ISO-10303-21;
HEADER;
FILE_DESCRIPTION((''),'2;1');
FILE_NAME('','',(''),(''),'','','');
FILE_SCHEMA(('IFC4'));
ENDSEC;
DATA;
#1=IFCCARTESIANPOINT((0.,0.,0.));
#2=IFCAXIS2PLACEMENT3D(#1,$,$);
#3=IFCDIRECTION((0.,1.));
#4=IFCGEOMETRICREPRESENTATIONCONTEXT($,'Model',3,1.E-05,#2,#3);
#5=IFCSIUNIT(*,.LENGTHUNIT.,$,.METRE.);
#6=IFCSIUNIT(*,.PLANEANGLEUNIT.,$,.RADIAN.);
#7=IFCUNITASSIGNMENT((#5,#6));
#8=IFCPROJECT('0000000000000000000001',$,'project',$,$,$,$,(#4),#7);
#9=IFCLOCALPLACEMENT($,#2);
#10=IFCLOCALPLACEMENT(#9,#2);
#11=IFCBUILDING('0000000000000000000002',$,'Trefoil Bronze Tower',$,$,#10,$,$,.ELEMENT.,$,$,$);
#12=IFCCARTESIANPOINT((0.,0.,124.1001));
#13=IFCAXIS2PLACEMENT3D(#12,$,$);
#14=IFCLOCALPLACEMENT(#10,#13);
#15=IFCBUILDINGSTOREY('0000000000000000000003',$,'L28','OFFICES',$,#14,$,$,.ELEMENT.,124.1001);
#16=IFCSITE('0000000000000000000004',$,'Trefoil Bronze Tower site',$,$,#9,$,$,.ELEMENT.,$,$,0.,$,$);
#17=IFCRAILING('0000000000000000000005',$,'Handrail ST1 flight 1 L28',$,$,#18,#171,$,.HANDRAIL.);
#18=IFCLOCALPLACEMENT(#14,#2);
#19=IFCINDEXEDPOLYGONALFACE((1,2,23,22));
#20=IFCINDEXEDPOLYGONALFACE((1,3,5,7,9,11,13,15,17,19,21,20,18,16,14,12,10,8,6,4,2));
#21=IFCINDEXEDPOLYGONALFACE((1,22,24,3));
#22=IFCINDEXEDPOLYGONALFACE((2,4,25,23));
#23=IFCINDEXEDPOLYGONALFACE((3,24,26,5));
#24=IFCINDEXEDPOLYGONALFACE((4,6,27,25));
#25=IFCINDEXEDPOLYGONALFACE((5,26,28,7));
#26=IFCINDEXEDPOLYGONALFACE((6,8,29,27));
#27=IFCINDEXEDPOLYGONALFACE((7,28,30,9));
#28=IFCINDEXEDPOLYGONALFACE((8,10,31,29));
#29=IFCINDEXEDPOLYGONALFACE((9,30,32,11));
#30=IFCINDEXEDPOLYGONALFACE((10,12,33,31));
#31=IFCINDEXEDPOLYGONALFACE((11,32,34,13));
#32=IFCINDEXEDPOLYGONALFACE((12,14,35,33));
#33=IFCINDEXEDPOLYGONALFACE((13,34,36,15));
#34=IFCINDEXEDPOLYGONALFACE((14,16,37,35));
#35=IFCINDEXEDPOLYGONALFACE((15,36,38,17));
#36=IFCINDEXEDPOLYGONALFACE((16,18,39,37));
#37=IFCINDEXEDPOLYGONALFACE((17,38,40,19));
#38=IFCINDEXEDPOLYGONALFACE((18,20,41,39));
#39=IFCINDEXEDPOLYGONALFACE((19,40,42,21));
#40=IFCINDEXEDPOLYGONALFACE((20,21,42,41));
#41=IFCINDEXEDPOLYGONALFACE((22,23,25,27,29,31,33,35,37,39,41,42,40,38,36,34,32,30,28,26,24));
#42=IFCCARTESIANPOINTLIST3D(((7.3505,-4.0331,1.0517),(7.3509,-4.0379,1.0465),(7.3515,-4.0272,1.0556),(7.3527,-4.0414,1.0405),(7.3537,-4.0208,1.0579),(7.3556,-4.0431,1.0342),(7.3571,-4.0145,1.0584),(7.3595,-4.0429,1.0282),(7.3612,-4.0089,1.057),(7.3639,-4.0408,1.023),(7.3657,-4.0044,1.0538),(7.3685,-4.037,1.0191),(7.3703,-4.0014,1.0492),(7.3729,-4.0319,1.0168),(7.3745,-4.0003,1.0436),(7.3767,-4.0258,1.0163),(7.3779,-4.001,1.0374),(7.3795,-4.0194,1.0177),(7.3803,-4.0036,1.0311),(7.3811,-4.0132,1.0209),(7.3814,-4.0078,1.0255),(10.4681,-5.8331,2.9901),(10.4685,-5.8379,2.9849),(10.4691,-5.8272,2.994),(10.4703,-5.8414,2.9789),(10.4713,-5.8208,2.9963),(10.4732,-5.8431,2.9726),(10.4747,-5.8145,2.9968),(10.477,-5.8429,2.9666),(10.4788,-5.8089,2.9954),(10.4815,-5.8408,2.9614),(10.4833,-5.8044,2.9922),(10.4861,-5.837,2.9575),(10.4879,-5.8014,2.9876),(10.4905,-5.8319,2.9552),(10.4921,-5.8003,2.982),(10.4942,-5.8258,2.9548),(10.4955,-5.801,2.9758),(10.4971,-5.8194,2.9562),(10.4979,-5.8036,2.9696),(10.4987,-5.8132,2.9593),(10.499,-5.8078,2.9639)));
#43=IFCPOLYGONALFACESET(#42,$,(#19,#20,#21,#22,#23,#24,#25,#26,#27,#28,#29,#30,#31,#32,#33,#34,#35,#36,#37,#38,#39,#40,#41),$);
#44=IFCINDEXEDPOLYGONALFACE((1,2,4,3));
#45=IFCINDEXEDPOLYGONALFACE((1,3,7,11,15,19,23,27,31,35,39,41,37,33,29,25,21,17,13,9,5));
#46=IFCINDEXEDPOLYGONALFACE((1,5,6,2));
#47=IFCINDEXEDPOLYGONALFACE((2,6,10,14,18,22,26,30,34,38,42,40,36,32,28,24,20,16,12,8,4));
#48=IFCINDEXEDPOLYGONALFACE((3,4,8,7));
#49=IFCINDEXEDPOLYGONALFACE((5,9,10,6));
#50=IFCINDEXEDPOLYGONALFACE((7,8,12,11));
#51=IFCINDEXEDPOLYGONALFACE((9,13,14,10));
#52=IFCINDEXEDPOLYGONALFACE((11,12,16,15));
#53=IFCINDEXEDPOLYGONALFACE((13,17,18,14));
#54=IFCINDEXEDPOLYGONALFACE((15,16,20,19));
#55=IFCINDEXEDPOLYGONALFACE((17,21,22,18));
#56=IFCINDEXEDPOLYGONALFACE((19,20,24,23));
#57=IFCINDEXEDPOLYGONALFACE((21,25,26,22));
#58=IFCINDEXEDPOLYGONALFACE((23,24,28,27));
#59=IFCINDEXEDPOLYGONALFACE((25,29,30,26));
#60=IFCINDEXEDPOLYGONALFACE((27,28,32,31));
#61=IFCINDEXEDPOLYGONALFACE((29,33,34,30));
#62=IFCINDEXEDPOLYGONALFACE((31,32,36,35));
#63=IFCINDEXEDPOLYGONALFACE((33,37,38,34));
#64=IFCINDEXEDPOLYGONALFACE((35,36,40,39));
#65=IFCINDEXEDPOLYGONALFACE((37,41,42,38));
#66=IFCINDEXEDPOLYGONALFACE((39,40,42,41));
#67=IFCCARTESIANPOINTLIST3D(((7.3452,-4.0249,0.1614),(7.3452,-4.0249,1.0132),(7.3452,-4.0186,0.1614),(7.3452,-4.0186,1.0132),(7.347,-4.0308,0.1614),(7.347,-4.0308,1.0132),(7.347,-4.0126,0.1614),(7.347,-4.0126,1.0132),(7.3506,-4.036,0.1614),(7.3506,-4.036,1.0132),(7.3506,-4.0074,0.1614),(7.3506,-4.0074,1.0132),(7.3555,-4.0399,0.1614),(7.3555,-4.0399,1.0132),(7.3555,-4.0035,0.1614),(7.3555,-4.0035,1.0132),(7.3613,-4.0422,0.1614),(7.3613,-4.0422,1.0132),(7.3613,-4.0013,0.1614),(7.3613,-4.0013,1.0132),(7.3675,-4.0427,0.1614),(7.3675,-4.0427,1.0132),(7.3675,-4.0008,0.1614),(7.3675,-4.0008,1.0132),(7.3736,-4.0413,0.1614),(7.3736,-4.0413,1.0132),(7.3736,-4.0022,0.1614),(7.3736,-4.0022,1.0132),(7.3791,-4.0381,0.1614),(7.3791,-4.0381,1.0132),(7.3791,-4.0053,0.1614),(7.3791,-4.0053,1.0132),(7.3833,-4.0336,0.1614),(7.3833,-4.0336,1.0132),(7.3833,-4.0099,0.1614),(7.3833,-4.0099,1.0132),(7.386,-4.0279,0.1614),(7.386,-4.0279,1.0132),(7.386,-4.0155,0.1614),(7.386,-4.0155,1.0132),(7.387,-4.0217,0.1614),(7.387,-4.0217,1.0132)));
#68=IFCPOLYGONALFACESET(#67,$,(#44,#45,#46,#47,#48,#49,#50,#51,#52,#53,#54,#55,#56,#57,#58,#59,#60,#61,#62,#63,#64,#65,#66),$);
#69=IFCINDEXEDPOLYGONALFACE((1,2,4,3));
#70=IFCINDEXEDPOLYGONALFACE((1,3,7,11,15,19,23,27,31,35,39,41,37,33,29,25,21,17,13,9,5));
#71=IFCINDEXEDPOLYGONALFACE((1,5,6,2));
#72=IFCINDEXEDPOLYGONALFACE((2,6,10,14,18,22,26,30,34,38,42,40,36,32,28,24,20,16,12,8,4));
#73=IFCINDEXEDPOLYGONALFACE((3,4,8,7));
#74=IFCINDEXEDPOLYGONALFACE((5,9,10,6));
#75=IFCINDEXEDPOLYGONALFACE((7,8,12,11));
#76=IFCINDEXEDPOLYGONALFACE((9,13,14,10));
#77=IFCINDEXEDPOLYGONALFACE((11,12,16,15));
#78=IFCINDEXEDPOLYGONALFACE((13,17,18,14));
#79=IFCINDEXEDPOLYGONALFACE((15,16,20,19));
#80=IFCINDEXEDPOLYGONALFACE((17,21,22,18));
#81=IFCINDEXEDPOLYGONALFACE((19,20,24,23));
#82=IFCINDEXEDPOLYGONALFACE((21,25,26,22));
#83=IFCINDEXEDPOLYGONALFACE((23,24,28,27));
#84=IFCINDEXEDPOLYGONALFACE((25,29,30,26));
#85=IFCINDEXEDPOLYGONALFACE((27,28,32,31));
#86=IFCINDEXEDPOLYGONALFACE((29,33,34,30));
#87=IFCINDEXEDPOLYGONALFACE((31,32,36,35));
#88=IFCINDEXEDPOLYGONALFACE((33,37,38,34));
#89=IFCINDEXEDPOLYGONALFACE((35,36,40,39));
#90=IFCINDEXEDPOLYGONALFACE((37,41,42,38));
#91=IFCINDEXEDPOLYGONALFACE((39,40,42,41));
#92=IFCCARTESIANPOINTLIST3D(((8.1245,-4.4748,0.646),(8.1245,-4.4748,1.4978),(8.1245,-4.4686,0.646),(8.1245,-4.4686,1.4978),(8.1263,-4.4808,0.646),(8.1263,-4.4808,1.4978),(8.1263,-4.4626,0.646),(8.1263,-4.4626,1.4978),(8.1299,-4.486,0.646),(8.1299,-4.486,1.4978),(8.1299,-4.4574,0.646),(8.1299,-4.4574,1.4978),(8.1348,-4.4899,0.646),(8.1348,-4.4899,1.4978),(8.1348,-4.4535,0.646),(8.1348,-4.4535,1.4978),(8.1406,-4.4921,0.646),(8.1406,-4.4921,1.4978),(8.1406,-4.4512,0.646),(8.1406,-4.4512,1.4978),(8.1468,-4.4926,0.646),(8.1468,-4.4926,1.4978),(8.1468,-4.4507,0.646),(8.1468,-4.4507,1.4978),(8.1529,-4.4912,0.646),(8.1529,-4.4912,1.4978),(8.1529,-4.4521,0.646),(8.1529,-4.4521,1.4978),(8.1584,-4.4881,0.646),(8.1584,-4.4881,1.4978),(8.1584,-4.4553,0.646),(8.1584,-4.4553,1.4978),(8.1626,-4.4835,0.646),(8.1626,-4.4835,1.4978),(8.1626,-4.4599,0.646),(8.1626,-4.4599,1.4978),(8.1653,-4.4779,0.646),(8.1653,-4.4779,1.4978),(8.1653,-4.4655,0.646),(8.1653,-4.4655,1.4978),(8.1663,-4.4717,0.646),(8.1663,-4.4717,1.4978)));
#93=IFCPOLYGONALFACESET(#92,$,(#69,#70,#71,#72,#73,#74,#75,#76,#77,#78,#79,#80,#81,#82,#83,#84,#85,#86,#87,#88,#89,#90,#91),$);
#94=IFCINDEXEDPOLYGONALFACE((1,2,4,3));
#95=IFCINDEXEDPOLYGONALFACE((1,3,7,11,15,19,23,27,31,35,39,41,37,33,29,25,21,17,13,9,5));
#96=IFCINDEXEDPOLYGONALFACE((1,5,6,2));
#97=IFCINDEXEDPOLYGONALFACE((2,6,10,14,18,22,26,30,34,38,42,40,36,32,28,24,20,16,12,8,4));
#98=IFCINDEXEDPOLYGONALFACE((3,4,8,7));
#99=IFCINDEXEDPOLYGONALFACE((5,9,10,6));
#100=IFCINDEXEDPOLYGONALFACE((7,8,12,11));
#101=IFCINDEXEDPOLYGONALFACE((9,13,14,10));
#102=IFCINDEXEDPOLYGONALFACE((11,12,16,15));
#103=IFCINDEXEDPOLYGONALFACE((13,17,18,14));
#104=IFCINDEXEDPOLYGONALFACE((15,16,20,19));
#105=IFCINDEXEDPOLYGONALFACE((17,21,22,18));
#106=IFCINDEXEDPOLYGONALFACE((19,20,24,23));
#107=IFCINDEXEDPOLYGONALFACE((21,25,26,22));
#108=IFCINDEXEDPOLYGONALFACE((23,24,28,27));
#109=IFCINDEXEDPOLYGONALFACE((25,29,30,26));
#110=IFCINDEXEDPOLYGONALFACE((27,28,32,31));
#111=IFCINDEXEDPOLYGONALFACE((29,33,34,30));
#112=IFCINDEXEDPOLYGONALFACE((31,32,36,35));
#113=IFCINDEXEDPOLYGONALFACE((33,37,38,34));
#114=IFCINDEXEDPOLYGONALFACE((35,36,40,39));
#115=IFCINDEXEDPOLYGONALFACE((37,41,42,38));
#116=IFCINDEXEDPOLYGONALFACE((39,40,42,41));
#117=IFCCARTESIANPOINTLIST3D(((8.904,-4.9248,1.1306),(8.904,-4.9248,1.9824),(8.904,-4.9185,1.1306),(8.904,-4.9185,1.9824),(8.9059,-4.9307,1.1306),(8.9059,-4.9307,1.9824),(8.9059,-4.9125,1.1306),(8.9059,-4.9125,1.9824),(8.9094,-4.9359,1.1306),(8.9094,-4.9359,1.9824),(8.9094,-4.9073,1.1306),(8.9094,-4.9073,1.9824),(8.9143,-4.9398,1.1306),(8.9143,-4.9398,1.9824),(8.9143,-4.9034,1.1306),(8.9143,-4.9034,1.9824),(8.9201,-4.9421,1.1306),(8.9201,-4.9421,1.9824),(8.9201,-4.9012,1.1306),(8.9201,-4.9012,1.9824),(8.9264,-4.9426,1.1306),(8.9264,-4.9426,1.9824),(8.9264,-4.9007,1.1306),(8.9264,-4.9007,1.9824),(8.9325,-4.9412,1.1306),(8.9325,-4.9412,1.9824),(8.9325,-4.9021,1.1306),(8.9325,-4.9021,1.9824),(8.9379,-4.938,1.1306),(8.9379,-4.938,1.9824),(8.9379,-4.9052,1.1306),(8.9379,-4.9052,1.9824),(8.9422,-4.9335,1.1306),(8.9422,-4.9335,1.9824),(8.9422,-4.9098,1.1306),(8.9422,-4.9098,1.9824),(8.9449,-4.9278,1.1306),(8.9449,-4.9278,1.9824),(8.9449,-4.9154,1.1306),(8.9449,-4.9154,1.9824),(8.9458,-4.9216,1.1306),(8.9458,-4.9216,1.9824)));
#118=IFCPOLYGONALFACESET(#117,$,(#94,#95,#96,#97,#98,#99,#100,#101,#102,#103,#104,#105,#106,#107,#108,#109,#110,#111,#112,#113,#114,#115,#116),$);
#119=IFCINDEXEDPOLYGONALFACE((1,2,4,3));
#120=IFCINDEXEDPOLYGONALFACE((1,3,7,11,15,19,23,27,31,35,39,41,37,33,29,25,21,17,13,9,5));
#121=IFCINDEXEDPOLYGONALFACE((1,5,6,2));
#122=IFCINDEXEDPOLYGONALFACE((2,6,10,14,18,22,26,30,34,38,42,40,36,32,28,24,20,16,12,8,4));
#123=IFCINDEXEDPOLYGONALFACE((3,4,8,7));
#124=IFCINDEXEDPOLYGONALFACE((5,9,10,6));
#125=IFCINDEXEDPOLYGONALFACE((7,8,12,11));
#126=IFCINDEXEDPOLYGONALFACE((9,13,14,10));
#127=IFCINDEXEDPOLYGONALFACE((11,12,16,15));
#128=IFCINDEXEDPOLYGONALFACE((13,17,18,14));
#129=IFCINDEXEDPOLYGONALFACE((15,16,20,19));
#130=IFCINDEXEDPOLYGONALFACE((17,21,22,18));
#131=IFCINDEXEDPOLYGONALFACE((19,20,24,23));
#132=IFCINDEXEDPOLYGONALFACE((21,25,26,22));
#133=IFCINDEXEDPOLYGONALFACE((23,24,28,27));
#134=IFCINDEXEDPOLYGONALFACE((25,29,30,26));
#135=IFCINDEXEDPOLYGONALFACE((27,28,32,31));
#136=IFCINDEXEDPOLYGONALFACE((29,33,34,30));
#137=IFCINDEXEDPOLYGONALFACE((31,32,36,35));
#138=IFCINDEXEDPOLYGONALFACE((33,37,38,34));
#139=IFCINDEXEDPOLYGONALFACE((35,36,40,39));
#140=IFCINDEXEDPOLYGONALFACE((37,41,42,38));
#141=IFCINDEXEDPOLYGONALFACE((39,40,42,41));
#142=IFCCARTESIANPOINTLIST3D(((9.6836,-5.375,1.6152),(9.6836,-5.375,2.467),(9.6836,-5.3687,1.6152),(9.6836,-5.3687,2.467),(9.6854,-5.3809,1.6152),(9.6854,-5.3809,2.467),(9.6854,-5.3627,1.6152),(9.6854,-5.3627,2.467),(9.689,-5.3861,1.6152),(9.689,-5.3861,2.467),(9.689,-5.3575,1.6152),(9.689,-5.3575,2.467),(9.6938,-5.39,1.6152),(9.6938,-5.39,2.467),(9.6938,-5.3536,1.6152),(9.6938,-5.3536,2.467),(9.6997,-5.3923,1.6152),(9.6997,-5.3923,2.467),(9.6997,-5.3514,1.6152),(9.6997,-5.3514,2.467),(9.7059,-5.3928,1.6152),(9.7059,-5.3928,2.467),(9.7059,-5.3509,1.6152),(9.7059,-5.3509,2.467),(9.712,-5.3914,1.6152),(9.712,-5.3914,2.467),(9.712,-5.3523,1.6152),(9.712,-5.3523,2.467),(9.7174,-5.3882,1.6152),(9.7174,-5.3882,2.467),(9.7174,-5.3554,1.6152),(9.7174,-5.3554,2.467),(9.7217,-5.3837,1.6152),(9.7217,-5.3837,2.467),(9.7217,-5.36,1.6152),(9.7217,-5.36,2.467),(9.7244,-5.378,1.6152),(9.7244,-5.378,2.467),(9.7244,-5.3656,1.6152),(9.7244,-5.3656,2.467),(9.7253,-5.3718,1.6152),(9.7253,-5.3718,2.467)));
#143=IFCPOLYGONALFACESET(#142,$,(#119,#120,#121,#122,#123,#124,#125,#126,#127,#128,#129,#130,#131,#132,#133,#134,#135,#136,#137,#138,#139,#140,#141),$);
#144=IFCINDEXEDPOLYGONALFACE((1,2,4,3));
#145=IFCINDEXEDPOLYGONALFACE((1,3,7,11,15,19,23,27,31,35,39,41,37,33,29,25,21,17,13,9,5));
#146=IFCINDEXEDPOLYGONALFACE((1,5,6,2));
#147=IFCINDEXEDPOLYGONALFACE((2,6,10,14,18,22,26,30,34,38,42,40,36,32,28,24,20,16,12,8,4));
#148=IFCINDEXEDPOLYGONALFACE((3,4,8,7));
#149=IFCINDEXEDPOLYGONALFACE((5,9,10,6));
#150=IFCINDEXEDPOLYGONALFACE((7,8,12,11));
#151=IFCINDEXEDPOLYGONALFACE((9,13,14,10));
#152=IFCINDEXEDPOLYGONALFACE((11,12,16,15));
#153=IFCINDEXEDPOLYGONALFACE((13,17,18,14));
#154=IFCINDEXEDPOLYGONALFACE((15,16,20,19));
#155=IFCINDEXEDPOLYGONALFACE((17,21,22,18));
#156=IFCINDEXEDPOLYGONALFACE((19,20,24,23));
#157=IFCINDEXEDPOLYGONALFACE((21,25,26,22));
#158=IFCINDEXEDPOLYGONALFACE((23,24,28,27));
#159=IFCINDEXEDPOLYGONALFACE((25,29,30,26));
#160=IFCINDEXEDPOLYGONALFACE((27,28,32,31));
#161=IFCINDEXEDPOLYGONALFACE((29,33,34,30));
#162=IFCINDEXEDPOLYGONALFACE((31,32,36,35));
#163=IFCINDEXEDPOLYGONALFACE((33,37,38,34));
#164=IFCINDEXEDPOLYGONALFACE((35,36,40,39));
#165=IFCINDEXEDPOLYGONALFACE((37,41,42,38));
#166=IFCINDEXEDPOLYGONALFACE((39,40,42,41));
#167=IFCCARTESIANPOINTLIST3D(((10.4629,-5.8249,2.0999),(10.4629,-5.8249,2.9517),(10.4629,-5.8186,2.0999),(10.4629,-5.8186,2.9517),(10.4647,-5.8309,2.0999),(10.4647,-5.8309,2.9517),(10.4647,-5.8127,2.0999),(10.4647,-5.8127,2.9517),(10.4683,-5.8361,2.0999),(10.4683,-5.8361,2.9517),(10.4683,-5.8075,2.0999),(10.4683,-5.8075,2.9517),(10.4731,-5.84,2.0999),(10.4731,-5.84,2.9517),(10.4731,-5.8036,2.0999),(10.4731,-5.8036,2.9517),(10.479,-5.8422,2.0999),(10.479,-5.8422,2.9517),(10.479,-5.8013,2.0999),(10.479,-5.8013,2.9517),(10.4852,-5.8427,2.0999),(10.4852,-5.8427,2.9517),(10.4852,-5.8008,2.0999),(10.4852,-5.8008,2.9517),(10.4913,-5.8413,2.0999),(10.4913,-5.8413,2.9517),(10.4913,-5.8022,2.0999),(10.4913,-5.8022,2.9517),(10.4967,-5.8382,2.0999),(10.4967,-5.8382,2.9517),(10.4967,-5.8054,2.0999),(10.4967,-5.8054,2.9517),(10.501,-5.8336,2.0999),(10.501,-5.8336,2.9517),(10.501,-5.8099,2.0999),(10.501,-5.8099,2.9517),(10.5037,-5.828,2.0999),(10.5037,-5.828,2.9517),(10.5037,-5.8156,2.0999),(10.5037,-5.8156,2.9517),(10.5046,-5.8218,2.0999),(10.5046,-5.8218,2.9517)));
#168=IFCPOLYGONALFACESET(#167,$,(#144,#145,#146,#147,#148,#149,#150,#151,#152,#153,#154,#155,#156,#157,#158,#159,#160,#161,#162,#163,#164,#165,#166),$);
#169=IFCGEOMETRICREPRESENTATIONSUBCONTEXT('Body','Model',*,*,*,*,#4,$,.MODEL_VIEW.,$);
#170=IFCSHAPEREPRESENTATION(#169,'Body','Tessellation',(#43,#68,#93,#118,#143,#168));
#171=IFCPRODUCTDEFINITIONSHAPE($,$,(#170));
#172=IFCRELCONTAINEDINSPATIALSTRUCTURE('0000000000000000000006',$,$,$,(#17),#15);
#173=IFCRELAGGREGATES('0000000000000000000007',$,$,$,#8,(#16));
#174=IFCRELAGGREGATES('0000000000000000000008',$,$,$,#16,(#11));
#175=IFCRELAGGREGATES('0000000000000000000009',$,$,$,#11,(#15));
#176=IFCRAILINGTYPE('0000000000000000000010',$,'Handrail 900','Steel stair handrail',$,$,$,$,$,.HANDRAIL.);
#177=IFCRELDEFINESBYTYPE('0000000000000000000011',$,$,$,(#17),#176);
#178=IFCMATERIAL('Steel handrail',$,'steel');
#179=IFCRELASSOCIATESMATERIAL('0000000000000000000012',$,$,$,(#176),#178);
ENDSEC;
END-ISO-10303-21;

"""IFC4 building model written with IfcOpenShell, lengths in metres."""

from ifc_helpers import new_model, si_unit, direction, frame, origin, origin_2d, place, context, subcontext, project, spatial, circle, extrude, material, type_object, element, save


model = new_model("IFC4")

# Units and contexts
model_context = context("Model", 3, precision=1e-05, world=origin(), true_north=direction((0.0, 1.0)))
body_context = subcontext(model_context, "Body", "Model", "MODEL_VIEW")
ifc_project = project(units=[si_unit("LENGTHUNIT", "METRE"), si_unit("PLANEANGLEUNIT", "RADIAN")], contexts=[model_context])

# Site, building, storey
site_placement = place(None, origin())
site = spatial("IfcSite", under=ifc_project, at=site_placement, Name="Trefoil Bronze Tower site", CompositionType="ELEMENT", RefElevation=0.0)
building_placement = place(site_placement, origin())
building = spatial("IfcBuilding", under=site, at=building_placement, Name="Trefoil Bronze Tower", CompositionType="ELEMENT")
storey_placement = place(building_placement, frame((0.0, 0.0, 124.1001)))
storey = spatial("IfcBuildingStorey", under=building, at=storey_placement, Name="L28", Description="OFFICES", CompositionType="ELEMENT", Elevation=124.1001)

# Railing
ifc_material_1 = material(Name="Steel handrail", Category="steel")
railing_type = type_object("IfcRailingType", Name="Handrail 900", Description="Steel stair handrail", PredefinedType="HANDRAIL", material=ifc_material_1)
railing_placement = place(storey_placement, frame((7.366, -4.0217, 0.1614)))
element("IfcRailing", 1, at=railing_placement, inside=storey, type_object=railing_type, Name="Handrail ST1 flight 1 L28", PredefinedType="HANDRAIL", context=body_context, shape_type="SweptSolid", body=[
    extrude(circle(Radius=0.0239, at=origin_2d()), frame((0.0, 0.0, 0.876), z_axis=(0.762503, -0.440246, 0.474102), x_axis=(0.500012, 0.866018, 0.0)), (0.0, 0.0, 1.0), 4.0886),
    extrude(circle(Radius=0.021, at=origin_2d()), origin(), (0.0, 0.0, 1.0), 0.8518),
    extrude(circle(Radius=0.021, at=origin_2d()), frame((0.7793, -0.45, 0.4846)), (0.0, 0.0, 1.0), 0.8518),
    extrude(circle(Radius=0.021, at=origin_2d()), frame((1.5588, -0.8999, 0.9692)), (0.0, 0.0, 1.0), 0.8518),
    extrude(circle(Radius=0.021, at=origin_2d()), frame((2.3384, -1.3501, 1.4539)), (0.0, 0.0, 1.0), 0.8518),
    extrude(circle(Radius=0.021, at=origin_2d()), frame((3.1177, -1.8, 1.9385)), (0.0, 0.0, 1.0), 0.8518),
])

save(model, "model.ifc")
